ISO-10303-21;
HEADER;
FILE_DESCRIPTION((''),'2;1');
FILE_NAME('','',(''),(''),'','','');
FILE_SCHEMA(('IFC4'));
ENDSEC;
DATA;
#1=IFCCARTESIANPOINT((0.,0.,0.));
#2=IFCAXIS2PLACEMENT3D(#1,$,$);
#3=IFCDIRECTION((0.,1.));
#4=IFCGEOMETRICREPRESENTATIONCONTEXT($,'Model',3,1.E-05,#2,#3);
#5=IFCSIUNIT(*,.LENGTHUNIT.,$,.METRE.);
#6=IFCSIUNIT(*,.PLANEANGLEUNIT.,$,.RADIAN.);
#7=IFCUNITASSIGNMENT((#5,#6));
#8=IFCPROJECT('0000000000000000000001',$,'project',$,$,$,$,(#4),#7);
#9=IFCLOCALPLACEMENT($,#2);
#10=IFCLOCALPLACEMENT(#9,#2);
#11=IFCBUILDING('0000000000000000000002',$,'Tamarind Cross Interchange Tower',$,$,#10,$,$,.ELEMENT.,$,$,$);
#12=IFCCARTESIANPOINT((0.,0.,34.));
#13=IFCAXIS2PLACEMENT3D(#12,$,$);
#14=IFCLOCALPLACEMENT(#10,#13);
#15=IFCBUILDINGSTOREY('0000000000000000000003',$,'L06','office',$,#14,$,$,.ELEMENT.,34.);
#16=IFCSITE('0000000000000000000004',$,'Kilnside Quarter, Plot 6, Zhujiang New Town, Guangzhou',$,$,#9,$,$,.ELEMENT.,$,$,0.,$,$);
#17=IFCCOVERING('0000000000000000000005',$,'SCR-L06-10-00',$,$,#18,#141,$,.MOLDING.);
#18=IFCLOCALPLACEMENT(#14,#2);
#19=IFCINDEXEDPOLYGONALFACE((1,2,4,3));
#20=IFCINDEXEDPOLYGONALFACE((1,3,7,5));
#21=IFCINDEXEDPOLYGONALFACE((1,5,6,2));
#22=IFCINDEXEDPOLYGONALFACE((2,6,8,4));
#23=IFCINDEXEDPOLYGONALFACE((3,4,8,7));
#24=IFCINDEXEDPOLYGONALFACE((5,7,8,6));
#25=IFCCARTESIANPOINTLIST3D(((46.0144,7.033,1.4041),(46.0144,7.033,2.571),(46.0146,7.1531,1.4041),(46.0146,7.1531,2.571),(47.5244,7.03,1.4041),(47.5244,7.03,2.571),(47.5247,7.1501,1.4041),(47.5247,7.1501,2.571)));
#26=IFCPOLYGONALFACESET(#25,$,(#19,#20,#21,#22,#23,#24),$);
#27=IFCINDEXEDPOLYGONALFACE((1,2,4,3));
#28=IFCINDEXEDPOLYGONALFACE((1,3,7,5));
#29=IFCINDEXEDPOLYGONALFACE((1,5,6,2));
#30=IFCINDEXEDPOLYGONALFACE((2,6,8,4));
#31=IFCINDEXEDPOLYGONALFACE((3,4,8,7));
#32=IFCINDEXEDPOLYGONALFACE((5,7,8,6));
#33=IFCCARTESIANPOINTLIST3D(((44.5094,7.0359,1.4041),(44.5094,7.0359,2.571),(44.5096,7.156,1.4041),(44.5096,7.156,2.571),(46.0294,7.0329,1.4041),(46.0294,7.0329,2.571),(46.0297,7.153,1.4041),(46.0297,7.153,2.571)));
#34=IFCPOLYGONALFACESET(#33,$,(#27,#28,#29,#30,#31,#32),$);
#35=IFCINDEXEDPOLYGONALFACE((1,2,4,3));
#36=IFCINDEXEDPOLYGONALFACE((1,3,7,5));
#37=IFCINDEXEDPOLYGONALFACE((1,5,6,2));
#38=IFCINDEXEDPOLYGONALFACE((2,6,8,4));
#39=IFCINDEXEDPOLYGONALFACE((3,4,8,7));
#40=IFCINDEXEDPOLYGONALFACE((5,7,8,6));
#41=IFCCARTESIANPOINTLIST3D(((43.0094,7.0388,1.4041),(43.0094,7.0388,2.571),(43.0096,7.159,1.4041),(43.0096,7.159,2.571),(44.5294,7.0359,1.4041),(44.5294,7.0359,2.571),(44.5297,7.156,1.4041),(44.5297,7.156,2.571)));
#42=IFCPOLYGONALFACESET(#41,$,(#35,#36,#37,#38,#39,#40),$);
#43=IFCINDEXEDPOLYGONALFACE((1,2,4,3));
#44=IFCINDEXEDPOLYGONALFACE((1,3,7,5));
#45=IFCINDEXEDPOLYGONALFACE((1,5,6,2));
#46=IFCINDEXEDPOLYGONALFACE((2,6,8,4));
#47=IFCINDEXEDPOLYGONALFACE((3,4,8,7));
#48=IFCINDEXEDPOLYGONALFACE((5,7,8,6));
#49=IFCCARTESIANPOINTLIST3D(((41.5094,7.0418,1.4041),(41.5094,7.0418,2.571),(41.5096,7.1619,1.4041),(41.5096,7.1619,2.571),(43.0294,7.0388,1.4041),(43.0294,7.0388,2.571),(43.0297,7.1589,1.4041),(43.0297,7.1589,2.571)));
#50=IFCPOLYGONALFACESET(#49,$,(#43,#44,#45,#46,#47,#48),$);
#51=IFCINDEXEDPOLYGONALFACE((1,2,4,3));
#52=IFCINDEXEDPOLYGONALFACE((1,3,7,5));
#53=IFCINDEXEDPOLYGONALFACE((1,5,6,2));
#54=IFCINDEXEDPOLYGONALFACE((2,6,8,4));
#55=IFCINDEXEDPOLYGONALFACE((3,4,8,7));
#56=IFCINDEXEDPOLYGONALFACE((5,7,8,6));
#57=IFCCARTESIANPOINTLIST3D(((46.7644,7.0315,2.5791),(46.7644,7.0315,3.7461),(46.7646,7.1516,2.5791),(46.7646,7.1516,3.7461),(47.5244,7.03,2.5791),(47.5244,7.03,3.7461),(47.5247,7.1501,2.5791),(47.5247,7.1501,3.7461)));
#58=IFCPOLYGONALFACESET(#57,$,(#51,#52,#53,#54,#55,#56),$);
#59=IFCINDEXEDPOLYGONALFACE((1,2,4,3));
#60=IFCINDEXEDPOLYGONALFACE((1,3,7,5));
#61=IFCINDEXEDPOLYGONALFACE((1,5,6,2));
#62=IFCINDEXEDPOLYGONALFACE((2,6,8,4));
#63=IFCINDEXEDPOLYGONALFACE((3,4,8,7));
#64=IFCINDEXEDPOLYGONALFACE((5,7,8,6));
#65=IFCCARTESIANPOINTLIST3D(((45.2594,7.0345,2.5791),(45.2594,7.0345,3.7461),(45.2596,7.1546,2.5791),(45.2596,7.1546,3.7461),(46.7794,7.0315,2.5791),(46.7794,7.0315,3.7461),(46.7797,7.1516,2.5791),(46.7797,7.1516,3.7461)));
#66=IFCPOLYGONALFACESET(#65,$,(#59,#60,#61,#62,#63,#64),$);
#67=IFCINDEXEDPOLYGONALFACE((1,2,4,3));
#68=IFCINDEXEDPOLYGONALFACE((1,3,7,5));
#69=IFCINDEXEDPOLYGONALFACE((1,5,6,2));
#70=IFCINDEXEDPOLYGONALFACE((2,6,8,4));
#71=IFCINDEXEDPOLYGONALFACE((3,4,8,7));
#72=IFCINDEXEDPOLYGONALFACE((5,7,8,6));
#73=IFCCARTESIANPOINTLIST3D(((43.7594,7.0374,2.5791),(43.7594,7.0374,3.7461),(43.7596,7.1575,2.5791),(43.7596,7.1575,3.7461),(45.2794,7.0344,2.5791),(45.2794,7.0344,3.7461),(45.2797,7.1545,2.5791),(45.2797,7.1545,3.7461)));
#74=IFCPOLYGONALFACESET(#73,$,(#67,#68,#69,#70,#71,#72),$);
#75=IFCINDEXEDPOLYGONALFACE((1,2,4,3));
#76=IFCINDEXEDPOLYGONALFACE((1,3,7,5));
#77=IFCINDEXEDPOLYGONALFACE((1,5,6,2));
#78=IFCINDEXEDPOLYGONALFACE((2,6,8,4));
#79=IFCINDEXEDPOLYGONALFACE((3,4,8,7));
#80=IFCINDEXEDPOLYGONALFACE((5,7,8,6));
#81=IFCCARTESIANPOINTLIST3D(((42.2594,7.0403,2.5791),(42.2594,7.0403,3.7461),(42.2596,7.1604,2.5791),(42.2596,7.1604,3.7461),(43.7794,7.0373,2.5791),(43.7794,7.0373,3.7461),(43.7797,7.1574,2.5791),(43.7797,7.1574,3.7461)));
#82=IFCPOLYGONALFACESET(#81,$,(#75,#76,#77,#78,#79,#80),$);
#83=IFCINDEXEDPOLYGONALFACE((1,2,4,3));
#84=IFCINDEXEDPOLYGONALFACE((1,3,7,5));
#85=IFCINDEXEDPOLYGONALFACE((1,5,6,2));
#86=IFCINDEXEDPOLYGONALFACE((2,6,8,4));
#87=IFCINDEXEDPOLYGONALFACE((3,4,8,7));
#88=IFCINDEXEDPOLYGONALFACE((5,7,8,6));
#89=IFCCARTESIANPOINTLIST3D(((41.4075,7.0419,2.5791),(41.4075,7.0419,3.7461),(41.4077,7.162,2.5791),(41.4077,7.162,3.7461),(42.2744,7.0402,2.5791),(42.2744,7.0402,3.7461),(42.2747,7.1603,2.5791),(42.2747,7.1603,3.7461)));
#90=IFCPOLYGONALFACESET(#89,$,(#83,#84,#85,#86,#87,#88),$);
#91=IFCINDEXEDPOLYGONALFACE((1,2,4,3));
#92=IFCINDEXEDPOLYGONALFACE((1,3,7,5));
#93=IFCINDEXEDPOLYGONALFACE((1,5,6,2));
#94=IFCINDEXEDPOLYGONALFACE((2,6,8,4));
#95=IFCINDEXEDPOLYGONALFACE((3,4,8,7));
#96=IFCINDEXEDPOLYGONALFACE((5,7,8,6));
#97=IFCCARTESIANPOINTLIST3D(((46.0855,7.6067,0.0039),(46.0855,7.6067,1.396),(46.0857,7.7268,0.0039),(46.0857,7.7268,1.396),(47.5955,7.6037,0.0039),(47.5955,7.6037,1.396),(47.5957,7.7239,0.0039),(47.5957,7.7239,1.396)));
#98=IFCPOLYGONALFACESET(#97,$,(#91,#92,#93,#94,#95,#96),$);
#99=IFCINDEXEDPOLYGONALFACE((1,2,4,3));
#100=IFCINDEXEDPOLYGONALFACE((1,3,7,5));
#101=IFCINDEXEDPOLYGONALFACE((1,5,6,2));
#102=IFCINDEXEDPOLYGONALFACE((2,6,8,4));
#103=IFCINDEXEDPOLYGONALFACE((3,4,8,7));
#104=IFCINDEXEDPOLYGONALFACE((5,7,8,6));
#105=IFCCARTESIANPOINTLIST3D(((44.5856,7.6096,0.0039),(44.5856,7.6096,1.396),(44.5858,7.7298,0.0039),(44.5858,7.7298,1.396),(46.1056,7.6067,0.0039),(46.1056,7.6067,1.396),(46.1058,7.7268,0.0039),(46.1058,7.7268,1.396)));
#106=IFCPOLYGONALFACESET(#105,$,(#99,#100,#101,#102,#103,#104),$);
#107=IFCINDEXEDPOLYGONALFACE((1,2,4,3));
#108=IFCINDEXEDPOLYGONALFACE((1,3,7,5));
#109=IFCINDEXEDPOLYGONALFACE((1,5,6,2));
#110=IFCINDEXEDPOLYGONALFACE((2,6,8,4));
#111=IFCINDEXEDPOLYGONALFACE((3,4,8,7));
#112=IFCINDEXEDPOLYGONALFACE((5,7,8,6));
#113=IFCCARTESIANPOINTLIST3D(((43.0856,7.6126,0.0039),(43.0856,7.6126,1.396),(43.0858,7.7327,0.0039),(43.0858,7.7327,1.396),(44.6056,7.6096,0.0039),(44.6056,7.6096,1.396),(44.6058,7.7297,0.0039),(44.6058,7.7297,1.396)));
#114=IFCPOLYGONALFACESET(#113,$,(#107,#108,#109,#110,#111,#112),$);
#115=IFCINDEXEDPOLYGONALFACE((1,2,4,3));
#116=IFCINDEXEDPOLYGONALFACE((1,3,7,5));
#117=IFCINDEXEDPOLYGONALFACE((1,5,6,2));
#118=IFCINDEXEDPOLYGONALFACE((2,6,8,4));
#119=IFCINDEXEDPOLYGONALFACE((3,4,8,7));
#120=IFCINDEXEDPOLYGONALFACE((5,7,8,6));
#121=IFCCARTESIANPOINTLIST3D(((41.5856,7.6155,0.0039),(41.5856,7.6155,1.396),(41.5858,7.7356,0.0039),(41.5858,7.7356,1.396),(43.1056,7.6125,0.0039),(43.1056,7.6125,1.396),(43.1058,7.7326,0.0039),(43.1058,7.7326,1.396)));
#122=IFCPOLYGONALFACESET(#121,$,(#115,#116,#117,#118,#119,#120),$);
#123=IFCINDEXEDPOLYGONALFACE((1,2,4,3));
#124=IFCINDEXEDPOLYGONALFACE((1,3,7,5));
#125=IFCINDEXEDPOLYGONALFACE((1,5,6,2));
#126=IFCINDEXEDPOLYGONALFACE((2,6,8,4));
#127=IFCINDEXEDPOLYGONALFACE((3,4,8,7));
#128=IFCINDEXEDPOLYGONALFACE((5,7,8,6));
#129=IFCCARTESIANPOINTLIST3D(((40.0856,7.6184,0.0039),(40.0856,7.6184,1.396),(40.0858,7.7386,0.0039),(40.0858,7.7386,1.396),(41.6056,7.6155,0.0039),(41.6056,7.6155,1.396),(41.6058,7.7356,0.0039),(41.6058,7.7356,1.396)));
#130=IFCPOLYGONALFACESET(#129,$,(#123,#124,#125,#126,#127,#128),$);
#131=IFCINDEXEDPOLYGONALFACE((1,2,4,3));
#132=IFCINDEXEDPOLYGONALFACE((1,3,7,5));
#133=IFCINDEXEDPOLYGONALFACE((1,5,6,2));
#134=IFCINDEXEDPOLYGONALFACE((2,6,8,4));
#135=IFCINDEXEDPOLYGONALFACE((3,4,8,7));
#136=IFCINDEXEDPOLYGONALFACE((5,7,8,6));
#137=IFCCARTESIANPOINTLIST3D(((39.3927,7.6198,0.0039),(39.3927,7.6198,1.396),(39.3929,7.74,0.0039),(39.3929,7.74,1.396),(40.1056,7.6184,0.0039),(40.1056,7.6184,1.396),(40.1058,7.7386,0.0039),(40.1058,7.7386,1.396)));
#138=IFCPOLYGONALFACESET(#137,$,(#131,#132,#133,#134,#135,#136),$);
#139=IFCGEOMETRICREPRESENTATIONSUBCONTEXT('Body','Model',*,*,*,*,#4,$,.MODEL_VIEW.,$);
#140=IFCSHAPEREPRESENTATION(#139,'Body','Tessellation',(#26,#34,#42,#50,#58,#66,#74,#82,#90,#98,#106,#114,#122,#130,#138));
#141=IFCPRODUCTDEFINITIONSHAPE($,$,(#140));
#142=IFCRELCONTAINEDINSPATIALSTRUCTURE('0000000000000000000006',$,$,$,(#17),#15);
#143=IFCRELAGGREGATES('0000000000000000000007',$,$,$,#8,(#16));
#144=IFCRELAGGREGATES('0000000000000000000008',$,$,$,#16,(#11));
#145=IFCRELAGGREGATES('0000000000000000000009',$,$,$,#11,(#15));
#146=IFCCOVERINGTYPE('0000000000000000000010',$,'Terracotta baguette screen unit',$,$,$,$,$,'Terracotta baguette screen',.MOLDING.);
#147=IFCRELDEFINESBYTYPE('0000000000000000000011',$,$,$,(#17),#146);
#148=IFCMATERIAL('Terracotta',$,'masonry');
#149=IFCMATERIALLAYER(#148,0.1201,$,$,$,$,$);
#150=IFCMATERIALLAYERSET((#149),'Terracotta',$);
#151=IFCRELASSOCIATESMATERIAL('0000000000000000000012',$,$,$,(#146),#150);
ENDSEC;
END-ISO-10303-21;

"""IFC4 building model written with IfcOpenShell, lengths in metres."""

from ifc_helpers import new_model, si_unit, direction, frame, origin, origin_2d, place, context, subcontext, project, spatial, rectangle, extrude, material, layer, layer_set, type_object, element, save


model = new_model("IFC4")

# Units and contexts
model_context = context("Model", 3, precision=1e-05, world=origin(), true_north=direction((0.0, 1.0)))
body_context = subcontext(model_context, "Body", "Model", "MODEL_VIEW")
ifc_project = project(units=[si_unit("LENGTHUNIT", "METRE"), si_unit("PLANEANGLEUNIT", "RADIAN")], contexts=[model_context])

# Site, building, storey
site_placement = place(None, origin())
site = spatial("IfcSite", under=ifc_project, at=site_placement, Name="Kilnside Quarter, Plot 6, Zhujiang New Town, Guangzhou", CompositionType="ELEMENT", RefElevation=0.0)
building_placement = place(site_placement, origin())
building = spatial("IfcBuilding", under=site, at=building_placement, Name="Tamarind Cross Interchange Tower", CompositionType="ELEMENT")
storey_placement = place(building_placement, frame((0.0, 0.0, 34.0)))
storey = spatial("IfcBuildingStorey", under=building, at=storey_placement, Name="L06", Description="office", CompositionType="ELEMENT", Elevation=34.0)

# Covering
ifc_material_1 = material(Name="Terracotta", Category="masonry")
ifc_layer_1 = layer(ifc_material_1, 0.1201)
ifc_layer_set_1 = layer_set([ifc_layer_1], Name="Terracotta")
covering_type = type_object("IfcCoveringType", Name="Terracotta baguette screen unit", ElementType="Terracotta baguette screen", PredefinedType="MOLDING", material=ifc_layer_set_1)
covering_1_placement = place(storey_placement, origin())
element("IfcCovering", 1, at=covering_1_placement, inside=storey, type_object=covering_type, Name="SCR-L06-10-00", PredefinedType="MOLDING", context=body_context, shape_type="SweptSolid", body=[
    extrude(rectangle(XDim=1.51, YDim=0.1201, at=origin_2d()), frame((46.7695, 7.0916, 1.4041), z_axis=(0.0, 0.0, 1.0), x_axis=(-0.999998, 0.001962, 0.0)), (0.0, 0.0, 1.0), 1.167),
    extrude(rectangle(XDim=1.52, YDim=0.1201, at=origin_2d()), frame((45.2695, 7.0945, 1.4041), z_axis=(0.0, 0.0, 1.0), x_axis=(-0.999998, 0.001962, 0.0)), (0.0, 0.0, 1.0), 1.167),
    extrude(rectangle(XDim=1.52, YDim=0.1201, at=origin_2d()), frame((43.7695, 7.0974, 1.4041), z_axis=(0.0, 0.0, 1.0), x_axis=(-0.999998, 0.001962, 0.0)), (0.0, 0.0, 1.0), 1.167),
    extrude(rectangle(XDim=1.52, YDim=0.1201, at=origin_2d()), frame((42.2695, 7.1003, 1.4041), z_axis=(0.0, 0.0, 1.0), x_axis=(-0.999998, 0.001962, 0.0)), (0.0, 0.0, 1.0), 1.167),
    extrude(rectangle(XDim=0.76, YDim=0.1201, at=origin_2d()), frame((47.1445, 7.0908, 2.5791), z_axis=(0.0, 0.0, 1.0), x_axis=(-0.999998, 0.001962, 0.0)), (0.0, 0.0, 1.0), 1.167),
    extrude(rectangle(XDim=1.52, YDim=0.1201, at=origin_2d()), frame((46.0195, 7.093, 2.5791), z_axis=(0.0, 0.0, 1.0), x_axis=(-0.999998, 0.001962, 0.0)), (0.0, 0.0, 1.0), 1.167),
    extrude(rectangle(XDim=1.52, YDim=0.1201, at=origin_2d()), frame((44.5195, 7.0959, 2.5791), z_axis=(0.0, 0.0, 1.0), x_axis=(-0.999998, 0.001962, 0.0)), (0.0, 0.0, 1.0), 1.167),
    extrude(rectangle(XDim=1.52, YDim=0.1201, at=origin_2d()), frame((43.0195, 7.0989, 2.5791), z_axis=(0.0, 0.0, 1.0), x_axis=(-0.999998, 0.001962, 0.0)), (0.0, 0.0, 1.0), 1.167),
    extrude(rectangle(XDim=0.8669, YDim=0.1201, at=origin_2d()), frame((41.8411, 7.1011, 2.5791), z_axis=(0.0, 0.0, 1.0), x_axis=(-0.999998, 0.001962, 0.0)), (0.0, 0.0, 1.0), 1.167),
    extrude(rectangle(XDim=1.51, YDim=0.1201, at=origin_2d()), frame((46.8406, 7.6653, 0.0039), z_axis=(0.0, 0.0, 1.0), x_axis=(-0.999998, 0.001962, 0.0)), (0.0, 0.0, 1.0), 1.3921),
    extrude(rectangle(XDim=1.52, YDim=0.1201, at=origin_2d()), frame((45.3457, 7.6682, 0.0039), z_axis=(0.0, 0.0, 1.0), x_axis=(-0.999998, 0.001962, 0.0)), (0.0, 0.0, 1.0), 1.3921),
    extrude(rectangle(XDim=1.52, YDim=0.1201, at=origin_2d()), frame((43.8457, 7.6711, 0.0039), z_axis=(0.0, 0.0, 1.0), x_axis=(-0.999998, 0.001962, 0.0)), (0.0, 0.0, 1.0), 1.3921),
    extrude(rectangle(XDim=1.52, YDim=0.1201, at=origin_2d()), frame((42.3457, 7.6741, 0.0039), z_axis=(0.0, 0.0, 1.0), x_axis=(-0.999998, 0.001962, 0.0)), (0.0, 0.0, 1.0), 1.3921),
    extrude(rectangle(XDim=1.52, YDim=0.1201, at=origin_2d()), frame((40.8457, 7.677, 0.0039), z_axis=(0.0, 0.0, 1.0), x_axis=(-0.999998, 0.001962, 0.0)), (0.0, 0.0, 1.0), 1.3921),
    extrude(rectangle(XDim=0.7129, YDim=0.1201, at=origin_2d()), frame((39.7493, 7.6792, 0.0039), z_axis=(0.0, 0.0, 1.0), x_axis=(-0.999998, 0.001962, 0.0)), (0.0, 0.0, 1.0), 1.3921),
])

save(model, "model.ifc")
